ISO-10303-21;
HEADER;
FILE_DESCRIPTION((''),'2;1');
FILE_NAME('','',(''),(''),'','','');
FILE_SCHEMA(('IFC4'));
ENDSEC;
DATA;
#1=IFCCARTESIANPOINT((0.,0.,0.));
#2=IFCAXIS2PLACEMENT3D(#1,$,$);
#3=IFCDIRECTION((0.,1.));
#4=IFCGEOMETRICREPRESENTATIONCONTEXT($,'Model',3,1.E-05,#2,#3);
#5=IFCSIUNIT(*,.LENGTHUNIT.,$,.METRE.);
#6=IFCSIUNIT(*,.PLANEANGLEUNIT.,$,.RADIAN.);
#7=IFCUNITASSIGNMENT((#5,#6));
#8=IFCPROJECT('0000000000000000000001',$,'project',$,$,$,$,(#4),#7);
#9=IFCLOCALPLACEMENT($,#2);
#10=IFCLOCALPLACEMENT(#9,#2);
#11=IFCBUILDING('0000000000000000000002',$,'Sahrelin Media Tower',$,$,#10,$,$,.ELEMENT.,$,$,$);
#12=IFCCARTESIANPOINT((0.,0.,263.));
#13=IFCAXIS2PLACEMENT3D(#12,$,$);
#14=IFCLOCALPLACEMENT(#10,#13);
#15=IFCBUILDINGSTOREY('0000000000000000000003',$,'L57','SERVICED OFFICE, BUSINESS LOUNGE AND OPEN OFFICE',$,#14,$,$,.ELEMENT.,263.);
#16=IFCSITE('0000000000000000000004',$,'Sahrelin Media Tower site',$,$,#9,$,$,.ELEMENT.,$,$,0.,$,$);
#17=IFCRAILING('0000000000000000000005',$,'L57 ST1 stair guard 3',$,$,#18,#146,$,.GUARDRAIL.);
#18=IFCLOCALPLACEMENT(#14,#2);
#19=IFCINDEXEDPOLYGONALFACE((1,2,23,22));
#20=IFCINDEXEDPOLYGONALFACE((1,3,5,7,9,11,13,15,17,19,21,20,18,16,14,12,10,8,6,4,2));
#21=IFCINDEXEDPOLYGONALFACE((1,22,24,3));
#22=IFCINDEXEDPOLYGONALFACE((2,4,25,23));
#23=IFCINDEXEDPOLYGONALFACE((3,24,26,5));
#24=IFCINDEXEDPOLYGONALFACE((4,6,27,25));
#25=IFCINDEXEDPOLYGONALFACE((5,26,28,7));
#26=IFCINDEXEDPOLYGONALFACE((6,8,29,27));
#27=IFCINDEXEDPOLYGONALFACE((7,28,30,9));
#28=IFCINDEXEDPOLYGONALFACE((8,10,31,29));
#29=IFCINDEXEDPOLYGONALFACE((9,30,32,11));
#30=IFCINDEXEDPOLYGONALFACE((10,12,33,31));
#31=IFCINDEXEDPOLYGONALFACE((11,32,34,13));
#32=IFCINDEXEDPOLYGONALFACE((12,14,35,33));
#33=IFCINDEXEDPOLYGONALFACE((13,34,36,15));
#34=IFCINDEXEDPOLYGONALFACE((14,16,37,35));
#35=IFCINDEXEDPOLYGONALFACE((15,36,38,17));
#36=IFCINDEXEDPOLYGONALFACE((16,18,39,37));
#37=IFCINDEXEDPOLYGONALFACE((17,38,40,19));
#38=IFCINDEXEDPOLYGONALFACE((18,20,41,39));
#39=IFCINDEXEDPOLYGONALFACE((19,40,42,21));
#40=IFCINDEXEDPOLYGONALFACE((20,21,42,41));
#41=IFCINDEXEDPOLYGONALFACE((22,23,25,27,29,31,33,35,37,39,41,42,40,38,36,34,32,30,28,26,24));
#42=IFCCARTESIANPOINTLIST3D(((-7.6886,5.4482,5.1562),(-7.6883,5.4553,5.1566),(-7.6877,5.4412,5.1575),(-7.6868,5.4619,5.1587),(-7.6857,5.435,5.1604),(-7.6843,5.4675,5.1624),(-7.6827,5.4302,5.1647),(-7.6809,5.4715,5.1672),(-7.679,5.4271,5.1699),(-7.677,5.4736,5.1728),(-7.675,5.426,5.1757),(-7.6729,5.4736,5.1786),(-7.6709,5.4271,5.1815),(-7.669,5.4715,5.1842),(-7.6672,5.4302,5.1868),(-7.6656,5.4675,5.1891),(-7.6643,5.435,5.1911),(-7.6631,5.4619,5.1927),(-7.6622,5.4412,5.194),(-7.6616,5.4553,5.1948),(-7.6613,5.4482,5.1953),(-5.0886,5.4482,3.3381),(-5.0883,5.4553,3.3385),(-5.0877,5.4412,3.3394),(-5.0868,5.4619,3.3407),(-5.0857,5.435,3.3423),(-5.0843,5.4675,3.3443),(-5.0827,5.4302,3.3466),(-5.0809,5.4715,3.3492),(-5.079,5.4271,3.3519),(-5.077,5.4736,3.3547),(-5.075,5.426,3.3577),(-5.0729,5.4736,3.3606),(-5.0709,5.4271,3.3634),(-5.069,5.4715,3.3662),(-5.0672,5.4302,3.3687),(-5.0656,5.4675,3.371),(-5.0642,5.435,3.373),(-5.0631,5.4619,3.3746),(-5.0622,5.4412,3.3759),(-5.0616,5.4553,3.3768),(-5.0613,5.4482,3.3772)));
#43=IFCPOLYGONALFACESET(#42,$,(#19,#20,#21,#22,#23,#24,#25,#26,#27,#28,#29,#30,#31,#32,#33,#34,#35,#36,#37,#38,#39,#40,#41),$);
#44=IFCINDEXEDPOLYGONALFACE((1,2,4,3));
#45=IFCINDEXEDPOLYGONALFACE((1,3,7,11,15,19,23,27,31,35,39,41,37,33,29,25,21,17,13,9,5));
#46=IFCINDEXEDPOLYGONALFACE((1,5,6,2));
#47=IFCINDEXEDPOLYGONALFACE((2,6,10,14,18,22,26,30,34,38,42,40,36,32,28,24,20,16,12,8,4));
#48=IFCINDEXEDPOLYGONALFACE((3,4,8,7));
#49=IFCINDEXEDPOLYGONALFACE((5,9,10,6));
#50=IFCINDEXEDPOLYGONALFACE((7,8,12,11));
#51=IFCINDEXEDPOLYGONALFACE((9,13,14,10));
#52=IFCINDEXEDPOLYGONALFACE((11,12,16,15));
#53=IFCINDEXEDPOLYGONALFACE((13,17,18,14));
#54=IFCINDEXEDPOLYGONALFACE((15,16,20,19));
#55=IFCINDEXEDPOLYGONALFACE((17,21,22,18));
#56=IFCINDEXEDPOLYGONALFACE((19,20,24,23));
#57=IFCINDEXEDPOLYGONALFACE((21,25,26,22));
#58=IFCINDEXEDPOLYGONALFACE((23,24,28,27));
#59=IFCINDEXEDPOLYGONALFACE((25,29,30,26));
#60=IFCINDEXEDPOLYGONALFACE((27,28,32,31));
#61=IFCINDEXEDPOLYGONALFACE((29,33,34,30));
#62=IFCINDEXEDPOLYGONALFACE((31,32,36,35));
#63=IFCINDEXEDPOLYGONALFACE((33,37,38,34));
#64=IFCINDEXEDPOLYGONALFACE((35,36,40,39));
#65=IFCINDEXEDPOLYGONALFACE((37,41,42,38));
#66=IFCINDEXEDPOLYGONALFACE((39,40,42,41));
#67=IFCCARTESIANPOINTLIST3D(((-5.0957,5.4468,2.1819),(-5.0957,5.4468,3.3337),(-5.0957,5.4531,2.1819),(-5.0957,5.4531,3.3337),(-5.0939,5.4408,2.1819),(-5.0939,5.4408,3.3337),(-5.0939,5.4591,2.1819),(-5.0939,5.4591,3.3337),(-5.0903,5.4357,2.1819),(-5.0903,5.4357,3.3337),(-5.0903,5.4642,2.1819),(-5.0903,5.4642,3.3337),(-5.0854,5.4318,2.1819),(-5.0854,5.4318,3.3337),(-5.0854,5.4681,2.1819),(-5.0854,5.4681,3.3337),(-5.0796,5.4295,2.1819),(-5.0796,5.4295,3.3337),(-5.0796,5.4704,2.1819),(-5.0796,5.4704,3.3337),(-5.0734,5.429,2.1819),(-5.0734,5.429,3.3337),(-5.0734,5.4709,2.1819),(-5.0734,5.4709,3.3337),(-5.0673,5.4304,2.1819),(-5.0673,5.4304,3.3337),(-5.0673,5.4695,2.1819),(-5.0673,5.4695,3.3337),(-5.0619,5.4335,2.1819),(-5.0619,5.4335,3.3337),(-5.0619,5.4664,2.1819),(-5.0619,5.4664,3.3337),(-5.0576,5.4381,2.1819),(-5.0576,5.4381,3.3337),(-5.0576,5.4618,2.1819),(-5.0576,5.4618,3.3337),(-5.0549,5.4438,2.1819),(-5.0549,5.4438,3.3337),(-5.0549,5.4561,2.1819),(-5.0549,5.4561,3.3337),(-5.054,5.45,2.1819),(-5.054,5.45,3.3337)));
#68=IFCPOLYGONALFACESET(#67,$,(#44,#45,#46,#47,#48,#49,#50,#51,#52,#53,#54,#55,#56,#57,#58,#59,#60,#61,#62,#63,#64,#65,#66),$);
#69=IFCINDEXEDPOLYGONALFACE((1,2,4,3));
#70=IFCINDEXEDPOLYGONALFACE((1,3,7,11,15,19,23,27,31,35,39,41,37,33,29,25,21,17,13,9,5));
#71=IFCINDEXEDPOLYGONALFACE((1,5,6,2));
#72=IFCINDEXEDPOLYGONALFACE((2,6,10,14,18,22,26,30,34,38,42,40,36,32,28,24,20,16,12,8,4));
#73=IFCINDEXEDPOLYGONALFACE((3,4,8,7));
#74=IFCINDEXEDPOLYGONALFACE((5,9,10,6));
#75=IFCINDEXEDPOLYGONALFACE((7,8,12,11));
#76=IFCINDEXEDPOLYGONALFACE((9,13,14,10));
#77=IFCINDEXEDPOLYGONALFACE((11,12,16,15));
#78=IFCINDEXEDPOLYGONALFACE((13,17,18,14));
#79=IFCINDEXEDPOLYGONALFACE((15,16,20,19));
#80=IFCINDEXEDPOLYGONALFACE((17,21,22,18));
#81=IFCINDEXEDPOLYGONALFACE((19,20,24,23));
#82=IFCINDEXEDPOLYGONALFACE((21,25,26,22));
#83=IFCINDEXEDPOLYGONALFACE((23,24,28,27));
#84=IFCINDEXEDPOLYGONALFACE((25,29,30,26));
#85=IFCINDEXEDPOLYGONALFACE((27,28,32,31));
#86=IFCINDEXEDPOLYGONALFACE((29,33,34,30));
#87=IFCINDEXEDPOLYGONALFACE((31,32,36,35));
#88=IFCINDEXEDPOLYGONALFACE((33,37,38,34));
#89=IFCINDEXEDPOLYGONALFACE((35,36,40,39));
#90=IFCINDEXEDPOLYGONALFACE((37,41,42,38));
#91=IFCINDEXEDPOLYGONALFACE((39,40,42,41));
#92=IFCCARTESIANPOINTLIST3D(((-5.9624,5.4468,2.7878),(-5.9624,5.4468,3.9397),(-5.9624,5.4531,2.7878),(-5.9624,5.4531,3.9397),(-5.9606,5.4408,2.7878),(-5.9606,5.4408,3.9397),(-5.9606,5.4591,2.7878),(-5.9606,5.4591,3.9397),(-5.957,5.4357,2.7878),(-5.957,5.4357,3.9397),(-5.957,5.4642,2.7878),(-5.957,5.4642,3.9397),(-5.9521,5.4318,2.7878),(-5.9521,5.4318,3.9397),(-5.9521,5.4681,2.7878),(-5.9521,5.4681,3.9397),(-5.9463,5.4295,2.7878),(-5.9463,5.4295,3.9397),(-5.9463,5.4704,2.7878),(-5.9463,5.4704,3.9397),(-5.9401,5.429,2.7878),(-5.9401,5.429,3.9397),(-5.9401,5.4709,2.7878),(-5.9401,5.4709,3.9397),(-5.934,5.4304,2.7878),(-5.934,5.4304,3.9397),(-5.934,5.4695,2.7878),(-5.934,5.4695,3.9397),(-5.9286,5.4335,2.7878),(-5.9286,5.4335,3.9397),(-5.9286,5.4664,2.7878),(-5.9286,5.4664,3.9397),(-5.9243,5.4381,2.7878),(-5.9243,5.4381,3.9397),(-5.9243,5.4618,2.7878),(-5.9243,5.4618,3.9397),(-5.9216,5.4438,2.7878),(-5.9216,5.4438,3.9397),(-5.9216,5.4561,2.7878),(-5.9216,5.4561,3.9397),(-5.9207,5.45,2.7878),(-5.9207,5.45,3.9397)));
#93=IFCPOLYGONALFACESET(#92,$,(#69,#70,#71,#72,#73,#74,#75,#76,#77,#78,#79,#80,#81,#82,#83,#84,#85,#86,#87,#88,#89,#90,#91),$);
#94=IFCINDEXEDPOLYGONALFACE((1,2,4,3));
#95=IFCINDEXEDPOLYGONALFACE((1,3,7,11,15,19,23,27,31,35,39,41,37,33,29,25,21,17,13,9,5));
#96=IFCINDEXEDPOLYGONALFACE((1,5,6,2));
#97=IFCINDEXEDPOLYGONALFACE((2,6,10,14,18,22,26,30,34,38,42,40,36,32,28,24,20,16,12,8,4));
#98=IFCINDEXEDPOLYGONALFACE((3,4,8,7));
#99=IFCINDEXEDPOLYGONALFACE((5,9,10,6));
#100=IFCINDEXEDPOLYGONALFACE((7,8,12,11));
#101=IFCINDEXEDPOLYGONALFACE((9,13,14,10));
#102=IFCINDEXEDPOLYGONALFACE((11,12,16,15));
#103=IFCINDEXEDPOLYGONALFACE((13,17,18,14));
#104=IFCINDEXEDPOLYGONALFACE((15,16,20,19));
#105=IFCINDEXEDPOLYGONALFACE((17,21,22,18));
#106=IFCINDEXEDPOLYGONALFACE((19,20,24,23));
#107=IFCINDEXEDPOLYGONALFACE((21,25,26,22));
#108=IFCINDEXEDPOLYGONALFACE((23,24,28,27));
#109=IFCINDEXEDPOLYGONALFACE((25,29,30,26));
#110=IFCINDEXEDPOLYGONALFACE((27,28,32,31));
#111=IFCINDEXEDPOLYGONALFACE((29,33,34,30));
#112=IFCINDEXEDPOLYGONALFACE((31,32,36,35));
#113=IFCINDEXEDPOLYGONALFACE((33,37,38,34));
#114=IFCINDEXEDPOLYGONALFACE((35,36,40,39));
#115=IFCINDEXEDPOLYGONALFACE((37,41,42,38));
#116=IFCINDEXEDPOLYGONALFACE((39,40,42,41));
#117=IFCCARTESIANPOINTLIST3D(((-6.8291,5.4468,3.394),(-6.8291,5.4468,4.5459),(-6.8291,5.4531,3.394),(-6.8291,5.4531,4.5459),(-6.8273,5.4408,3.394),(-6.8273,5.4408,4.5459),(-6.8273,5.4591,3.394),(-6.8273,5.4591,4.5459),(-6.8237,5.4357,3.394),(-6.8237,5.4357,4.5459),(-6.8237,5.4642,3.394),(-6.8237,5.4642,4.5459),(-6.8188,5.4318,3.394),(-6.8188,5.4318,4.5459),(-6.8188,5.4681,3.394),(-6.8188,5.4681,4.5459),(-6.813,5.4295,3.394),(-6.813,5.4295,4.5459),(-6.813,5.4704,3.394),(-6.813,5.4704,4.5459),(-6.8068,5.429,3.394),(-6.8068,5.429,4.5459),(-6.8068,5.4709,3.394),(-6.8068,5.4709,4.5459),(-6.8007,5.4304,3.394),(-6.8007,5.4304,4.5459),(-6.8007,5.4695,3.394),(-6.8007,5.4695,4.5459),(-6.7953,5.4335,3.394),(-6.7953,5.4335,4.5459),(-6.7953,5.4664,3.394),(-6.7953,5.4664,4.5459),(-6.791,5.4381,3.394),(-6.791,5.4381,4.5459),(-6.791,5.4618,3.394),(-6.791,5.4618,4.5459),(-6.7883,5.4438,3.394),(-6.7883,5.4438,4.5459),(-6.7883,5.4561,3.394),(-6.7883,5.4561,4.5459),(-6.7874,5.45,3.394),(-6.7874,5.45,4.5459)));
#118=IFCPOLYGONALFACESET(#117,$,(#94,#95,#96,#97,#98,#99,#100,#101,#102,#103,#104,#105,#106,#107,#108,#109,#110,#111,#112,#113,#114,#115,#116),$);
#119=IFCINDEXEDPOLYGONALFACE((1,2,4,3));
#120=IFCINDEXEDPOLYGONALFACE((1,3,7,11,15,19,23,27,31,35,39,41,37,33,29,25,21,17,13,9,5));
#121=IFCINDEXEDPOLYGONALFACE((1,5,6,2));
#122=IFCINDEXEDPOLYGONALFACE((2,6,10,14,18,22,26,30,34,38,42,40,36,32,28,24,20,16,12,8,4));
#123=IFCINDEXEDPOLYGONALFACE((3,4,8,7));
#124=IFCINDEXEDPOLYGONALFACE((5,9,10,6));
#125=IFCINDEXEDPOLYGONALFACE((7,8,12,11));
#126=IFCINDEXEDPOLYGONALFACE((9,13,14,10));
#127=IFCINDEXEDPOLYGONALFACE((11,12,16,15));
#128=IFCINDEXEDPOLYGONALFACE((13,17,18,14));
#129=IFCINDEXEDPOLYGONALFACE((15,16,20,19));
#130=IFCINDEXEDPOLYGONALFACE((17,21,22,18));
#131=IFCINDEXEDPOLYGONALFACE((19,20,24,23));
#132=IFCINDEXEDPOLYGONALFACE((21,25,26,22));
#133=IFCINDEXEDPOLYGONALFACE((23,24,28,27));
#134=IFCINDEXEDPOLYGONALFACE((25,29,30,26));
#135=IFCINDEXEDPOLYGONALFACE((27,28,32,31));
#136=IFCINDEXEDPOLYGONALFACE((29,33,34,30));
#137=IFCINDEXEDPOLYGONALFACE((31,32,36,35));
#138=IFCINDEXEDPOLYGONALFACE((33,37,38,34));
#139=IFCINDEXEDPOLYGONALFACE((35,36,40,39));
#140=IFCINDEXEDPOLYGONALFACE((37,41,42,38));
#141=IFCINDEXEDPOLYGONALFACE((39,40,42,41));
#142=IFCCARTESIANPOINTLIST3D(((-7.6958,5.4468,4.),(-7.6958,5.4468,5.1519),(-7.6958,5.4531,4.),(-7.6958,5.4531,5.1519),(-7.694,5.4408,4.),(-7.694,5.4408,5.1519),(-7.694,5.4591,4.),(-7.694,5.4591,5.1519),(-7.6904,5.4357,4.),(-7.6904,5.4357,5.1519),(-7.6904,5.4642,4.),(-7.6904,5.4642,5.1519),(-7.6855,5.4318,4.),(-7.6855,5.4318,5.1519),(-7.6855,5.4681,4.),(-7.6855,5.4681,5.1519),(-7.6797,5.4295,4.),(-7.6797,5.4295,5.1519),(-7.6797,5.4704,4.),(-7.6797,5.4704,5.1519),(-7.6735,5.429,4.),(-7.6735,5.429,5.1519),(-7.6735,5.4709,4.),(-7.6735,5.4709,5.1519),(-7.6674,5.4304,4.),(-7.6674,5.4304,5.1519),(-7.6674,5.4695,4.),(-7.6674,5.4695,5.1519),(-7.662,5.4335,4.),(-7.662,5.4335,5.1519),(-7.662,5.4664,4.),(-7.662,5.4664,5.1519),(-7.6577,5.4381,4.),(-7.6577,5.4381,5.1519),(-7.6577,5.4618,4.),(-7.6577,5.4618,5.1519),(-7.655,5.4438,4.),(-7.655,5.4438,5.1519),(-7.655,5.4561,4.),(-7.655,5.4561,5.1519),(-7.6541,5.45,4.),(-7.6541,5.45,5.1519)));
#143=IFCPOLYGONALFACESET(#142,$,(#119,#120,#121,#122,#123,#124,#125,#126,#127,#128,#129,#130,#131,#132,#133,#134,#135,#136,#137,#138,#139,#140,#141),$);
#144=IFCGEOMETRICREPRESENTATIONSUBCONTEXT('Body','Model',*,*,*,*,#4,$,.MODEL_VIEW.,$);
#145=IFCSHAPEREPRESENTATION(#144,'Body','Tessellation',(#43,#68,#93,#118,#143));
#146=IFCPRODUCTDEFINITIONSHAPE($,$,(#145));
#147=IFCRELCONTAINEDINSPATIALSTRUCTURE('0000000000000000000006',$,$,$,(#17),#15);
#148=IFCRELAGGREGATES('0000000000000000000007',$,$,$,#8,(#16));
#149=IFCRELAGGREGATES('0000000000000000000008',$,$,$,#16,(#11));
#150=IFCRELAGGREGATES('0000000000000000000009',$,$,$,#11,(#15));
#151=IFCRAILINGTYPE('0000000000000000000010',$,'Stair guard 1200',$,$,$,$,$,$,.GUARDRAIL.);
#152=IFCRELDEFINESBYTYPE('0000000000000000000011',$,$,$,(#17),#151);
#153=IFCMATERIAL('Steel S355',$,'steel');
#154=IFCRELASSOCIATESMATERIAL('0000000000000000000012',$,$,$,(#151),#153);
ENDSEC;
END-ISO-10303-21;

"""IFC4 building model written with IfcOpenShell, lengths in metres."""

from ifc_helpers import new_model, si_unit, direction, frame, origin, origin_2d, place, context, subcontext, project, spatial, circle, extrude, material, type_object, element, save


model = new_model("IFC4")

# Units and contexts
model_context = context("Model", 3, precision=1e-05, world=origin(), true_north=direction((0.0, 1.0)))
body_context = subcontext(model_context, "Body", "Model", "MODEL_VIEW")
ifc_project = project(units=[si_unit("LENGTHUNIT", "METRE"), si_unit("PLANEANGLEUNIT", "RADIAN")], contexts=[model_context])

# Site, building, storey
site_placement = place(None, origin())
site = spatial("IfcSite", under=ifc_project, at=site_placement, Name="Sahrelin Media Tower site", CompositionType="ELEMENT", RefElevation=0.0)
building_placement = place(site_placement, origin())
building = spatial("IfcBuilding", under=site, at=building_placement, Name="Sahrelin Media Tower", CompositionType="ELEMENT")
storey_placement = place(building_placement, frame((0.0, 0.0, 263.0)))
storey = spatial("IfcBuildingStorey", under=building, at=storey_placement, Name="L57", Description="SERVICED OFFICE, BUSINESS LOUNGE AND OPEN OFFICE", CompositionType="ELEMENT", Elevation=263.0)

# Shared definitions
ifc_material_1 = material(Name="Steel S355", Category="steel")

# Railing
railing_type_1 = type_object("IfcRailingType", Name="Stair guard 1200", PredefinedType="GUARDRAIL", material=ifc_material_1)
railing_1_placement = place(storey_placement, frame((-5.075, 5.45, 2.1819)))
element("IfcRailing", 1, at=railing_1_placement, inside=storey, type_object=railing_type_1, Name="L57 ST1 stair guard 3", PredefinedType="GUARDRAIL", context=body_context, shape_type="SweptSolid", body=[
    extrude(circle(Radius=0.0239, at=origin_2d()), frame((0.0, 0.0, 1.1758), z_axis=(-0.819521, 0.0, 0.573049), x_axis=(0.0, -1.0, 0.0)), (0.0, 0.0, 1.0), 3.1726),
    extrude(circle(Radius=0.021, at=origin_2d()), origin(), (0.0, 0.0, 1.0), 1.1519),
    extrude(circle(Radius=0.021, at=origin_2d()), frame((-0.8667, 0.0, 0.606)), (0.0, 0.0, 1.0), 1.1519),
    extrude(circle(Radius=0.021, at=origin_2d()), frame((-1.7334, 0.0, 1.2122)), (0.0, 0.0, 1.0), 1.1519),
    extrude(circle(Radius=0.021, at=origin_2d()), frame((-2.6001, 0.0, 1.8181)), (0.0, 0.0, 1.0), 1.1519),
])

save(model, "model.ifc")
